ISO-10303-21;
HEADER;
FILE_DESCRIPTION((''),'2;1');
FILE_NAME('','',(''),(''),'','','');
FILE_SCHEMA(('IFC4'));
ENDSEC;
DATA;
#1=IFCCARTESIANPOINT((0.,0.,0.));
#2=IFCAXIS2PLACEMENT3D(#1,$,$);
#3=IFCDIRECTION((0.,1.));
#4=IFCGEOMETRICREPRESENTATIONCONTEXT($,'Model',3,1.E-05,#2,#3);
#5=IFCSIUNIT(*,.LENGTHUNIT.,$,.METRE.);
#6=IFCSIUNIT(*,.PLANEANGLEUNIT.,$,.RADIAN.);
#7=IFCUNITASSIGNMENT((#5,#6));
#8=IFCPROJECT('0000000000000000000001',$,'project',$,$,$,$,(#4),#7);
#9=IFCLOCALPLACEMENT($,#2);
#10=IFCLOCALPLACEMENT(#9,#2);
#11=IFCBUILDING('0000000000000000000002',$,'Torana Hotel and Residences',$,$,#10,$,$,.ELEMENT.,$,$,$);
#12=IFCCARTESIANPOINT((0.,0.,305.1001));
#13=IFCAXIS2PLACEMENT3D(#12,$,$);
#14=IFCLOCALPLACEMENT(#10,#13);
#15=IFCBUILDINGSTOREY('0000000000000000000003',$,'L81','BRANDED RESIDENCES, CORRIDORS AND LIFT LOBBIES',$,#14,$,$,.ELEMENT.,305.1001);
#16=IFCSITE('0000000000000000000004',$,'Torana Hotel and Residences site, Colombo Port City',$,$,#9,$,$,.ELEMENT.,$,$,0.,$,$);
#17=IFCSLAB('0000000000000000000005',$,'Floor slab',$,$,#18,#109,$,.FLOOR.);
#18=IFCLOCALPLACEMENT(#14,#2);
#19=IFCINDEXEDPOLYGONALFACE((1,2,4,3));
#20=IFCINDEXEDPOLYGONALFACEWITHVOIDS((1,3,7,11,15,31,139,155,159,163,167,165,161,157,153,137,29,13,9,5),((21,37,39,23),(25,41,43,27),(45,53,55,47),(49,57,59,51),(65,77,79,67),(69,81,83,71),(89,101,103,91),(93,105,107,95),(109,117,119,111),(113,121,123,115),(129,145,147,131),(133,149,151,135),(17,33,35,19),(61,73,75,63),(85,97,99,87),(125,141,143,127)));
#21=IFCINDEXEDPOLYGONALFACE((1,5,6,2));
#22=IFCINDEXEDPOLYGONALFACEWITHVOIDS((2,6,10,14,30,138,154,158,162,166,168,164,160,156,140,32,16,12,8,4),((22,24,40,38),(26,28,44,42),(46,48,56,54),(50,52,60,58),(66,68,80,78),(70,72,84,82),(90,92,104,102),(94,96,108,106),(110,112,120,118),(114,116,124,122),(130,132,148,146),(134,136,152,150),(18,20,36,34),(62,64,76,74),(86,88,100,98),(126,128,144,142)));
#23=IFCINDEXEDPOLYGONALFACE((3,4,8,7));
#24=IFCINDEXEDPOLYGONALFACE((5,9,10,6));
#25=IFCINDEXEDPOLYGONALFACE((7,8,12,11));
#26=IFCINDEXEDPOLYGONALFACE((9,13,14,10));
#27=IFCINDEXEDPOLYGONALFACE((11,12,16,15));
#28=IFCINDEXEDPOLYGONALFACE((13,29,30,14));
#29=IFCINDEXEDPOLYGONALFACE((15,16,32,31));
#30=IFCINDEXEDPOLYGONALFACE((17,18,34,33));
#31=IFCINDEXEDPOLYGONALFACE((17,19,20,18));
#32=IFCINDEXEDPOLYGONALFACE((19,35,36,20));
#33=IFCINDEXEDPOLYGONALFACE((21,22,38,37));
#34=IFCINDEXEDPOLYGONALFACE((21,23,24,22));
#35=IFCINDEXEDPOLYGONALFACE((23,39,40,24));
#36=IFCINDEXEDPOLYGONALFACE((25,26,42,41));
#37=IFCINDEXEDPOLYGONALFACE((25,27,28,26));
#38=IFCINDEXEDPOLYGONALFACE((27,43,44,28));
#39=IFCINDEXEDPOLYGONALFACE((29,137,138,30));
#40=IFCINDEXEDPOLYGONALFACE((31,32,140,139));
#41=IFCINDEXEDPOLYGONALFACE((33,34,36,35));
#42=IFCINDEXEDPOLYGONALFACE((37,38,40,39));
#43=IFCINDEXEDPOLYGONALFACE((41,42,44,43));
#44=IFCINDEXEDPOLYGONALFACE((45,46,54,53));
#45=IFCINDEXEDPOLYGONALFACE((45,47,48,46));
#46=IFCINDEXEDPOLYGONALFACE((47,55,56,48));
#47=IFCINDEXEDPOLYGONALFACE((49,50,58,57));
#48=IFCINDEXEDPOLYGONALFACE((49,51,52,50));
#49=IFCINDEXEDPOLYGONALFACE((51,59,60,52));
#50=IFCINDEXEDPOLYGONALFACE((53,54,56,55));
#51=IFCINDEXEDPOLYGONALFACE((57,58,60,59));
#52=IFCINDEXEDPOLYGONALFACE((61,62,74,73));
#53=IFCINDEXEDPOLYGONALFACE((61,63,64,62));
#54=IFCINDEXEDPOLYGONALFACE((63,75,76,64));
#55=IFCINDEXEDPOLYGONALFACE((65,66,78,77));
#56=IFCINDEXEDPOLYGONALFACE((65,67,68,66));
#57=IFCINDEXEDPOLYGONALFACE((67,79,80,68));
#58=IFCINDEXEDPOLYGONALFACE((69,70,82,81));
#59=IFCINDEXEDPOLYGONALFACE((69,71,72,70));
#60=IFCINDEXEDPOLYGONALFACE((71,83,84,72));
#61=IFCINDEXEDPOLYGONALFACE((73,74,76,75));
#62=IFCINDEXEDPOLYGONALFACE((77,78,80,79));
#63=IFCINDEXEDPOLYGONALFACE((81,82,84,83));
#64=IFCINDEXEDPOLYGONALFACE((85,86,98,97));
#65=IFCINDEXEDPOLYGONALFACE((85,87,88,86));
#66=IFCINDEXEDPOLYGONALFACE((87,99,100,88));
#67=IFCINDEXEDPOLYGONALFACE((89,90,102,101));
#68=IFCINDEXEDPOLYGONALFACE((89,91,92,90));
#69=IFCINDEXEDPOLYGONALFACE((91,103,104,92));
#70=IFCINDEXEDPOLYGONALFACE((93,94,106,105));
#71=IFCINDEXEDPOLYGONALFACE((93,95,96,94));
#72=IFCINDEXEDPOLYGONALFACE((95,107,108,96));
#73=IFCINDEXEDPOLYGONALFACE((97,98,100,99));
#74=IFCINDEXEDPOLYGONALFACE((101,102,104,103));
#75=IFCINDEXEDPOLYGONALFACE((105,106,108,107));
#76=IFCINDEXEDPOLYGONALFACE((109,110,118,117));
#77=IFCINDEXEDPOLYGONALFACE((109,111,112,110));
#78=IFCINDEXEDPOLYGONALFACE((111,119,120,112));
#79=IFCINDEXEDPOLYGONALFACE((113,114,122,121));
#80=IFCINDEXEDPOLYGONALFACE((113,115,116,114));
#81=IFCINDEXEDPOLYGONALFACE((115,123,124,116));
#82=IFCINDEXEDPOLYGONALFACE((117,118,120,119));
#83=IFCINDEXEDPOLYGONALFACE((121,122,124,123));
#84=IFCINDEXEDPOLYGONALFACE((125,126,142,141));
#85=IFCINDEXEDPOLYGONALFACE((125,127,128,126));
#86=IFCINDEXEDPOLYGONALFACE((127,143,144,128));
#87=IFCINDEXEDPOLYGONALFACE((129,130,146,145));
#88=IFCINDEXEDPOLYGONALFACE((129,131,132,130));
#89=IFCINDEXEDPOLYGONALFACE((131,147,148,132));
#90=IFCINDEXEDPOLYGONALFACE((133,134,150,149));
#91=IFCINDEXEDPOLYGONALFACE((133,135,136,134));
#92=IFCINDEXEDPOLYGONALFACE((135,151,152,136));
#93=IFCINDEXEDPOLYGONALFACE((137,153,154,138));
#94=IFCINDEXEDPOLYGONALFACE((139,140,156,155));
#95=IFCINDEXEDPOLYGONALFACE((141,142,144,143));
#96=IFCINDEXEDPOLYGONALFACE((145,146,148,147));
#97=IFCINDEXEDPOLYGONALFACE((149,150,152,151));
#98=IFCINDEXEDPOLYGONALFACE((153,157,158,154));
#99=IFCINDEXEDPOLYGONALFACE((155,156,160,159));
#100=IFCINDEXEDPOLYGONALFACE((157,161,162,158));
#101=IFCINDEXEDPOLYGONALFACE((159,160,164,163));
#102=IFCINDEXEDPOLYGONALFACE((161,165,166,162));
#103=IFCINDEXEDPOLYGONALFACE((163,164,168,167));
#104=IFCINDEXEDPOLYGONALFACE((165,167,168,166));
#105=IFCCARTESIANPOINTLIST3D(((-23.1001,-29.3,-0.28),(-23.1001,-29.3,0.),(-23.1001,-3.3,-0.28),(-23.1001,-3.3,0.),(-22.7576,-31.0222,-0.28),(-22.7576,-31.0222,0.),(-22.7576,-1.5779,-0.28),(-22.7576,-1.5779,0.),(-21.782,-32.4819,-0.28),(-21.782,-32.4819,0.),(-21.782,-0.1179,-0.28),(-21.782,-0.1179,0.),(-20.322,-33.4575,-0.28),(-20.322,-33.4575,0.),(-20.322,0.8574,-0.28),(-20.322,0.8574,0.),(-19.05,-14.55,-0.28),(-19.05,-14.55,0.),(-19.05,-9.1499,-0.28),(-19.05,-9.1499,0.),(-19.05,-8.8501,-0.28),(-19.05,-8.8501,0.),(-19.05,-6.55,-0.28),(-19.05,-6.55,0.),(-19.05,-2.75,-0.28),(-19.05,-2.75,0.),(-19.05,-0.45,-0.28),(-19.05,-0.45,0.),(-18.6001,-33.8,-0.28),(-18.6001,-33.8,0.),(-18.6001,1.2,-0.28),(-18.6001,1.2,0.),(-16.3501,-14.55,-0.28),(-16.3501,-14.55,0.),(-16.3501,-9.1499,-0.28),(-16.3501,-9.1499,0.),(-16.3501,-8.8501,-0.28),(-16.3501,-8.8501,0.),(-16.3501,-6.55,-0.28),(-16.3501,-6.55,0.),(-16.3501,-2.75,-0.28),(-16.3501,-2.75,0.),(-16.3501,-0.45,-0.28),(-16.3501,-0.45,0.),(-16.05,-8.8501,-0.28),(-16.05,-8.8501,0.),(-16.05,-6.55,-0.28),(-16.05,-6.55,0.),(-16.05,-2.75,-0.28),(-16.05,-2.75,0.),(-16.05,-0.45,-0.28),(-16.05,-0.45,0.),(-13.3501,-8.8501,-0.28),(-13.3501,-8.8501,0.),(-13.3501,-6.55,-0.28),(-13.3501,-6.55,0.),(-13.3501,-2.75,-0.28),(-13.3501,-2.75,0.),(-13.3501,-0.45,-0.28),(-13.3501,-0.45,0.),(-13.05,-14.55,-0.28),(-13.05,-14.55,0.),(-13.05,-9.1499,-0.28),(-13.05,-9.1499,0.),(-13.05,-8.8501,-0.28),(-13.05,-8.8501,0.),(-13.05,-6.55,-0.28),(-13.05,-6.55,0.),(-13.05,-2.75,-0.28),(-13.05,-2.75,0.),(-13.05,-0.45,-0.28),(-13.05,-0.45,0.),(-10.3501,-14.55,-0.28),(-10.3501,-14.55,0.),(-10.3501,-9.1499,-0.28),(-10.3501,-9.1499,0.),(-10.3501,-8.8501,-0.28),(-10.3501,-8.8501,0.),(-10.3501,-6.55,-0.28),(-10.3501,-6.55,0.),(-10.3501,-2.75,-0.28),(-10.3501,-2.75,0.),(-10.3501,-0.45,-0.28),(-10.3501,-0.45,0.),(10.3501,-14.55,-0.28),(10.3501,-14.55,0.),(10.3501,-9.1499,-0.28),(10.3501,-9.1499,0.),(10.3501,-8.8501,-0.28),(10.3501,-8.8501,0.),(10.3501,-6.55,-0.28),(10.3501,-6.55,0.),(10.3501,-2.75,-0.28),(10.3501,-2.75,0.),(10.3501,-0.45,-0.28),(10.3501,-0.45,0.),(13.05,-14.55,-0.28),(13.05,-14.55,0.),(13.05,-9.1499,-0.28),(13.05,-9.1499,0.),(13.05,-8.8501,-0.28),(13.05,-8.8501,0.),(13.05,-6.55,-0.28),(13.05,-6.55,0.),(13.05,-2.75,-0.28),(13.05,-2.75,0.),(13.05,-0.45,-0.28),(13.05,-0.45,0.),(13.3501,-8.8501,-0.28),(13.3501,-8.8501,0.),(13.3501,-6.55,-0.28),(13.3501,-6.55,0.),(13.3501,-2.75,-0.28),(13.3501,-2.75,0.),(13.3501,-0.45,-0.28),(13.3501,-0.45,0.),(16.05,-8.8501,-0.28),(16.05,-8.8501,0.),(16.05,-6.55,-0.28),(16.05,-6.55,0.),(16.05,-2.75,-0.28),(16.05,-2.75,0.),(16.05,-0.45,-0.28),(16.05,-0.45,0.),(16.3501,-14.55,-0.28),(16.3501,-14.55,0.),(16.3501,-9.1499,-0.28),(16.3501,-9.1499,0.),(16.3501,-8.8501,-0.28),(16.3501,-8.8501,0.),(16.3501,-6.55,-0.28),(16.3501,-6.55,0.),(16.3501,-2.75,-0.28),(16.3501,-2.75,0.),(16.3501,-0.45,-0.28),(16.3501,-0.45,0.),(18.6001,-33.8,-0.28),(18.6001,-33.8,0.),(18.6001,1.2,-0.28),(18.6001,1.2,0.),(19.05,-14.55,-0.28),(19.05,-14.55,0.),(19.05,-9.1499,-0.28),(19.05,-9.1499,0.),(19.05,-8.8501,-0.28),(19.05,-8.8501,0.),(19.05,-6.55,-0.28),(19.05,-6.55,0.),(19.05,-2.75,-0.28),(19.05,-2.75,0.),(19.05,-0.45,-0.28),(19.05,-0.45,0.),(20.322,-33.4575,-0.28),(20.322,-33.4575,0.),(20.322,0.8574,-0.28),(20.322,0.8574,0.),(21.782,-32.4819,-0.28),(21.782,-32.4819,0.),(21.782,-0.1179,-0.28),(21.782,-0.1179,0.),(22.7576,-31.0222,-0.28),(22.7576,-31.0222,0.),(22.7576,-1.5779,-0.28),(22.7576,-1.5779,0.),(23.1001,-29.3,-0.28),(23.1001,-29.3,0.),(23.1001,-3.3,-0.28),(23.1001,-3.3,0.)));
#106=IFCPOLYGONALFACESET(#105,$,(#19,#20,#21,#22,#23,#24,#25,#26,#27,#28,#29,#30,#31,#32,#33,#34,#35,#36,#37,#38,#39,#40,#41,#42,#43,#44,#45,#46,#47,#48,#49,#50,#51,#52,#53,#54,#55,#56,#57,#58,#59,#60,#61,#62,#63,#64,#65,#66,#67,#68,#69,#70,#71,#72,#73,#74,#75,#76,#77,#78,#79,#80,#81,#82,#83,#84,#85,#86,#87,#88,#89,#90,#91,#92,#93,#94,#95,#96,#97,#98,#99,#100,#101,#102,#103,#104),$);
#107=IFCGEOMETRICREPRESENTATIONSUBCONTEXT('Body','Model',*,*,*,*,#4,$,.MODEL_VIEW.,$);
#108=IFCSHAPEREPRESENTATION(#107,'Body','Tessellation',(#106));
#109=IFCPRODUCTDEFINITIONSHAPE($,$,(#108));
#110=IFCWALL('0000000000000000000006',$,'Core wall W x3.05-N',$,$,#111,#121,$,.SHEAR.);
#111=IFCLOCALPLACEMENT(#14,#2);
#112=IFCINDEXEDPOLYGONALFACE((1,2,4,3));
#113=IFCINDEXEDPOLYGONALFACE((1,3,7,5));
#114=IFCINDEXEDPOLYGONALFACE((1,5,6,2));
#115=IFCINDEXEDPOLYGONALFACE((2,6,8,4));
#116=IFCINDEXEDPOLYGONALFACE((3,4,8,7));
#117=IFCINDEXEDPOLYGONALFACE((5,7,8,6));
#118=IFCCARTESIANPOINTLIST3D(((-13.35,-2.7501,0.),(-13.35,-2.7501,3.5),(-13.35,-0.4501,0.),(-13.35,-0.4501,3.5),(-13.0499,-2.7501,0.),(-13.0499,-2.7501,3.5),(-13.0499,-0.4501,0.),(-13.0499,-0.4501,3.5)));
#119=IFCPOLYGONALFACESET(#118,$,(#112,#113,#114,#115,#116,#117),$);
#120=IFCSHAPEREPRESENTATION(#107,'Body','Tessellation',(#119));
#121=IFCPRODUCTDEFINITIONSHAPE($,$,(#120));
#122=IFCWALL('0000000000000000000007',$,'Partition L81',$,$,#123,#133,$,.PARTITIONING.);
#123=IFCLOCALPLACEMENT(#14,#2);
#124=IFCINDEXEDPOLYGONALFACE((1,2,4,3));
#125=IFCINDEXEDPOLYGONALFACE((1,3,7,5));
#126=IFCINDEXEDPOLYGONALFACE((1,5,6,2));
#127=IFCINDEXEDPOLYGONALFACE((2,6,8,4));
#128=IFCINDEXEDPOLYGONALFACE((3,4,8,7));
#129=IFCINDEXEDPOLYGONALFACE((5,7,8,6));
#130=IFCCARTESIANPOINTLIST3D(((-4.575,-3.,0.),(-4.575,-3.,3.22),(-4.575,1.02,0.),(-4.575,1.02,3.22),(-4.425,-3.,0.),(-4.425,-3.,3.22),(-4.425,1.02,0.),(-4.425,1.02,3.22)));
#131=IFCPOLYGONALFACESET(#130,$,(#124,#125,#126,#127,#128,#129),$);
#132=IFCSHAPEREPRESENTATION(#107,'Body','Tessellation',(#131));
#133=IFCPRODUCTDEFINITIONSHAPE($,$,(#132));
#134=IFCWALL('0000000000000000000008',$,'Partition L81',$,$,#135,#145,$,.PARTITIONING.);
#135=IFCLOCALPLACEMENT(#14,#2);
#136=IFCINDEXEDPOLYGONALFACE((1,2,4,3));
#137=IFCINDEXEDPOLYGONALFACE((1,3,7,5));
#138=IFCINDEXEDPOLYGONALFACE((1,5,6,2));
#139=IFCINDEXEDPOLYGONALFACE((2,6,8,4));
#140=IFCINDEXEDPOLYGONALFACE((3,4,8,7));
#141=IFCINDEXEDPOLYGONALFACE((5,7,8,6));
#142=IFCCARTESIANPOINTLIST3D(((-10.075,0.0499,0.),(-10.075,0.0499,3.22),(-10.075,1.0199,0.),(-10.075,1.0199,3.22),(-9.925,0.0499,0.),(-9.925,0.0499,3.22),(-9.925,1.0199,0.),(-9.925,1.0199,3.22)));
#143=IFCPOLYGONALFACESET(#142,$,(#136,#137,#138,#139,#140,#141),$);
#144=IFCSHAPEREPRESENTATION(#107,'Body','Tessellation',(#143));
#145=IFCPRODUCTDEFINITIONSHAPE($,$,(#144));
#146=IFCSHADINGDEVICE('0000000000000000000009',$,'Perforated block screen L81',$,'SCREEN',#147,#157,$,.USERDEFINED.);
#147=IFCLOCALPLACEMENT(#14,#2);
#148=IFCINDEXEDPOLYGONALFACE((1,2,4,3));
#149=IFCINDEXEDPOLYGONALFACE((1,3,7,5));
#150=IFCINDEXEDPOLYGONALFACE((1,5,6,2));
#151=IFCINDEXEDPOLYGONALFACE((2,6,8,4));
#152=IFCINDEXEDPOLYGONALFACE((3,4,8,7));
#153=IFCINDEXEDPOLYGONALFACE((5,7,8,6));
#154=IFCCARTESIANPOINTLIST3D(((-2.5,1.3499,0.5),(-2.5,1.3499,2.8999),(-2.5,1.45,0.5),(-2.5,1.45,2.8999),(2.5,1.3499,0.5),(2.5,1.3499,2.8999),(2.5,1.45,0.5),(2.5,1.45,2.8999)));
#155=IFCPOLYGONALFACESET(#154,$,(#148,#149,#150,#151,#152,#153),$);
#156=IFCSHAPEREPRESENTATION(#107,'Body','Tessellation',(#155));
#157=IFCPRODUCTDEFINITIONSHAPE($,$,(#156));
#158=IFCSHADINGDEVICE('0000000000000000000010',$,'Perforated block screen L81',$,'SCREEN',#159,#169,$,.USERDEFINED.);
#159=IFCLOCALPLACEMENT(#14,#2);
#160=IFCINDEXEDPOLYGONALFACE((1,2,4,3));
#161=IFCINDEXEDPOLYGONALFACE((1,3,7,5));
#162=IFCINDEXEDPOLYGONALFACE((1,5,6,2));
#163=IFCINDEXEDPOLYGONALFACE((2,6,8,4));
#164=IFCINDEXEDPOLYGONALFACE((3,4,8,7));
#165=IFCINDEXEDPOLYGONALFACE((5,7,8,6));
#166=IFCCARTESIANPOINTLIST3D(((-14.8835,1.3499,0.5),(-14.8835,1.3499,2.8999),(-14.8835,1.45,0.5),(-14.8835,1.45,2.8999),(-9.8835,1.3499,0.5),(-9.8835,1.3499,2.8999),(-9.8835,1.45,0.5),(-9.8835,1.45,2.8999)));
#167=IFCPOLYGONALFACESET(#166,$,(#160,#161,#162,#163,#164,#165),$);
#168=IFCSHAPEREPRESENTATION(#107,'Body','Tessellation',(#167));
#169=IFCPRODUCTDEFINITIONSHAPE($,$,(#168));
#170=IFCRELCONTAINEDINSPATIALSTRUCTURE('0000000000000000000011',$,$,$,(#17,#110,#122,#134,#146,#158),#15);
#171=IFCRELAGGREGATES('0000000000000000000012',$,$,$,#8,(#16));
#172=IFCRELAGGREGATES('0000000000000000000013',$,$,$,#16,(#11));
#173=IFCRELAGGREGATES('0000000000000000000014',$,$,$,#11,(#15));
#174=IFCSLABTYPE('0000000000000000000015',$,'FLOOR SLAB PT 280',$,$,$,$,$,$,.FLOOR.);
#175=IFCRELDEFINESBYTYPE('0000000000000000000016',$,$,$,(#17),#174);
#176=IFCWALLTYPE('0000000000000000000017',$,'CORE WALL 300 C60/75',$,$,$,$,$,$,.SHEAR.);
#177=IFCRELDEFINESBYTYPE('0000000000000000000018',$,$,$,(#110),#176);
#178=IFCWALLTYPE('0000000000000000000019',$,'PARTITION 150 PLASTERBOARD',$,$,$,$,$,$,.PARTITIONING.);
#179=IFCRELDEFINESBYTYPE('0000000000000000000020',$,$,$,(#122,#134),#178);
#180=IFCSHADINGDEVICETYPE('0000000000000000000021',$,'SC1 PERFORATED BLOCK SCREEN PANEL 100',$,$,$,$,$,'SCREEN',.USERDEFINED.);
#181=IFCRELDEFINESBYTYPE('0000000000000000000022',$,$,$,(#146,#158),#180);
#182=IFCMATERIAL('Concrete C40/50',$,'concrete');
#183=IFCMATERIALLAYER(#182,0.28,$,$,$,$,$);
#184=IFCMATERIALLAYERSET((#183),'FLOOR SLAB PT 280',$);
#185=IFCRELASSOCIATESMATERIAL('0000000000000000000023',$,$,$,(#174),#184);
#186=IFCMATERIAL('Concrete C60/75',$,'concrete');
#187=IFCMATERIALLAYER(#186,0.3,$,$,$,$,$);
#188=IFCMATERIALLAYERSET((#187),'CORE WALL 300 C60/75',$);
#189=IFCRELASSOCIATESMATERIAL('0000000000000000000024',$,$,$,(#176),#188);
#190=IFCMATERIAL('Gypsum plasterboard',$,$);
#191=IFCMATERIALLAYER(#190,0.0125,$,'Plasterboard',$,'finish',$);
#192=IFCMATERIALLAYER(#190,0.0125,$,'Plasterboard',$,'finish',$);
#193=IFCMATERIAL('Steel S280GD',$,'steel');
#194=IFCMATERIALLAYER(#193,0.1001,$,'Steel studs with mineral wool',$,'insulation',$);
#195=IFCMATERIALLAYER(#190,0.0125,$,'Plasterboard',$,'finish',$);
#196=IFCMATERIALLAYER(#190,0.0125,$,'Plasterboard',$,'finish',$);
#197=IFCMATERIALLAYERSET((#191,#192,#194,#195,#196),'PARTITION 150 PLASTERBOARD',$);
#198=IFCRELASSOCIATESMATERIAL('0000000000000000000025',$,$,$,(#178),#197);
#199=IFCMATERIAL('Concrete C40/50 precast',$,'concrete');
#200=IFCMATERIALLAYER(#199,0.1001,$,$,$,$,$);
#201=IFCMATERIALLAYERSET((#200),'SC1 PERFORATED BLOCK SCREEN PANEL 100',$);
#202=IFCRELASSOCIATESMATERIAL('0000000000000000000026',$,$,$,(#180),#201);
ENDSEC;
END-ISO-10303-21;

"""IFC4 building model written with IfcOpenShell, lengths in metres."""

from ifc_helpers import new_model, si_unit, direction, frame, frame_2d, origin, origin_2d, place, context, subcontext, project, spatial, polyline, rectangle, outline, extrude, material, layer, layer_set, type_object, element, save


model = new_model("IFC4")

# Units and contexts
model_context = context("Model", 3, precision=1e-05, world=origin(), true_north=direction((0.0, 1.0)))
body_context = subcontext(model_context, "Body", "Model", "MODEL_VIEW")
ifc_project = project(units=[si_unit("LENGTHUNIT", "METRE"), si_unit("PLANEANGLEUNIT", "RADIAN")], contexts=[model_context])

# Site, building, storey
site_placement = place(None, origin())
site = spatial("IfcSite", under=ifc_project, at=site_placement, Name="Torana Hotel and Residences site, Colombo Port City", CompositionType="ELEMENT", RefElevation=0.0)
building_placement = place(site_placement, origin())
building = spatial("IfcBuilding", under=site, at=building_placement, Name="Torana Hotel and Residences", CompositionType="ELEMENT")
storey_placement = place(building_placement, frame((0.0, 0.0, 305.1001)))
storey = spatial("IfcBuildingStorey", under=building, at=storey_placement, Name="L81", Description="BRANDED RESIDENCES, CORRIDORS AND LIFT LOBBIES", CompositionType="ELEMENT", Elevation=305.1001)

# Slab
ifc_material_1 = material(Name="Concrete C40/50", Category="concrete")
ifc_layer_1 = layer(ifc_material_1, 0.28)
ifc_layer_set_1 = layer_set([ifc_layer_1], Name="FLOOR SLAB PT 280")
slab_type_1 = type_object("IfcSlabType", Name="FLOOR SLAB PT 280", PredefinedType="FLOOR", material=ifc_layer_set_1)
slab_1_placement = place(storey_placement, frame((0.0, 0.0, -0.28)))
element("IfcSlab", 1, at=slab_1_placement, inside=storey, type_object=slab_type_1, Name="Floor slab", PredefinedType="FLOOR", context=body_context, shape_type="SweptSolid", body=[
    extrude(outline(polyline([(23.1001, -3.3), (22.7576, -1.5779), (21.782, -0.1179), (20.322, 0.8574), (18.6001, 1.2), (-18.6001, 1.2), (-20.322, 0.8574), (-21.782, -0.1179), (-22.7576, -1.5779), (-23.1001, -3.3), (-23.1001, -29.3), (-22.7576, -31.0222), (-21.782, -32.4819), (-20.322, -33.4575), (-18.6001, -33.8), (18.6001, -33.8), (20.322, -33.4575), (21.782, -32.4819), (22.7576, -31.0222), (23.1001, -29.3), (23.1001, -3.3)]), holes=[polyline([(-13.05, -14.55), (-10.3501, -14.55), (-10.3501, -9.1499), (-13.05, -9.1499), (-13.05, -14.55)]), polyline([(-19.05, -14.55), (-16.3501, -14.55), (-16.3501, -9.1499), (-19.05, -9.1499), (-19.05, -14.55)]), polyline([(-19.05, -2.75), (-16.3501, -2.75), (-16.3501, -0.45), (-19.05, -0.45), (-19.05, -2.75)]), polyline([(-13.05, -2.75), (-10.3501, -2.75), (-10.3501, -0.45), (-13.05, -0.45), (-13.05, -2.75)]), polyline([(-16.05, -2.75), (-13.3501, -2.75), (-13.3501, -0.45), (-16.05, -0.45), (-16.05, -2.75)]), polyline([(-13.05, -8.8501), (-10.3501, -8.8501), (-10.3501, -6.55), (-13.05, -6.55), (-13.05, -8.8501)]), polyline([(-16.05, -8.8501), (-13.3501, -8.8501), (-13.3501, -6.55), (-16.05, -6.55), (-16.05, -8.8501)]), polyline([(-19.05, -8.8501), (-16.3501, -8.8501), (-16.3501, -6.55), (-19.05, -6.55), (-19.05, -8.8501)]), polyline([(10.3501, -14.55), (13.05, -14.55), (13.05, -9.1499), (10.3501, -9.1499), (10.3501, -14.55)]), polyline([(16.3501, -14.55), (19.05, -14.55), (19.05, -9.1499), (16.3501, -9.1499), (16.3501, -14.55)]), polyline([(16.3501, -2.75), (19.05, -2.75), (19.05, -0.45), (16.3501, -0.45), (16.3501, -2.75)]), polyline([(10.3501, -2.75), (13.05, -2.75), (13.05, -0.45), (10.3501, -0.45), (10.3501, -2.75)]), polyline([(13.3501, -2.75), (16.05, -2.75), (16.05, -0.45), (13.3501, -0.45), (13.3501, -2.75)]), polyline([(10.3501, -8.8501), (13.05, -8.8501), (13.05, -6.55), (10.3501, -6.55), (10.3501, -8.8501)]), polyline([(13.3501, -8.8501), (16.05, -8.8501), (16.05, -6.55), (13.3501, -6.55), (13.3501, -8.8501)]), polyline([(16.3501, -8.8501), (19.05, -8.8501), (19.05, -6.55), (16.3501, -6.55), (16.3501, -8.8501)])]), origin(), (0.0, 0.0, 1.0), 0.28),
])

# Walls
ifc_material_2 = material(Name="Concrete C60/75", Category="concrete")
ifc_layer_2 = layer(ifc_material_2, 0.3)
ifc_layer_set_2 = layer_set([ifc_layer_2], Name="CORE WALL 300 C60/75")
wall_type_1 = type_object("IfcWallType", Name="CORE WALL 300 C60/75", PredefinedType="SHEAR", material=ifc_layer_set_2)
wall_1_placement = place(storey_placement, frame((-13.2, -2.75, 0.0), z_axis=(0.0, 0.0, 1.0), x_axis=(0.0, 1.0, 0.0)))
element("IfcWall", 2, at=wall_1_placement, inside=storey, type_object=wall_type_1, Name="Core wall W x3.05-N", PredefinedType="SHEAR", context=body_context, shape_type="SweptSolid", body=[
    extrude(rectangle(XDim=2.3, YDim=0.3, at=frame_2d((1.1499, 0.0))), origin(), (0.0, 0.0, 1.0), 3.5),
])
ifc_material_3 = material(Name="Gypsum plasterboard")
ifc_layer_3 = layer(ifc_material_3, 0.0125, Name="Plasterboard", Category="finish")
ifc_layer_4 = layer(ifc_material_3, 0.0125, Name="Plasterboard", Category="finish")
ifc_material_4 = material(Name="Steel S280GD", Category="steel")
ifc_layer_5 = layer(ifc_material_4, 0.1001, Name="Steel studs with mineral wool", Category="insulation")
ifc_layer_6 = layer(ifc_material_3, 0.0125, Name="Plasterboard", Category="finish")
ifc_layer_7 = layer(ifc_material_3, 0.0125, Name="Plasterboard", Category="finish")
ifc_layer_set_3 = layer_set([ifc_layer_3, ifc_layer_4, ifc_layer_5, ifc_layer_6, ifc_layer_7], Name="PARTITION 150 PLASTERBOARD")
wall_type_2 = type_object("IfcWallType", Name="PARTITION 150 PLASTERBOARD", PredefinedType="PARTITIONING", material=ifc_layer_set_3)
wall_2_placement = place(storey_placement, frame((-4.5, -3.0, 0.0), z_axis=(0.0, 0.0, 1.0), x_axis=(0.0, 1.0, 0.0)))
element("IfcWall", 3, at=wall_2_placement, inside=storey, type_object=wall_type_2, Name="Partition L81", PredefinedType="PARTITIONING", context=body_context, shape_type="SweptSolid", body=[
    extrude(rectangle(XDim=4.02, YDim=0.1499, at=frame_2d((2.01, 0.0))), origin(), (0.0, 0.0, 1.0), 3.22),
])
wall_3_placement = place(storey_placement, frame((-10.0, 0.05, 0.0), z_axis=(0.0, 0.0, 1.0), x_axis=(0.0, 1.0, 0.0)))
element("IfcWall", 4, at=wall_3_placement, inside=storey, type_object=wall_type_2, Name="Partition L81", PredefinedType="PARTITIONING", context=body_context, shape_type="SweptSolid", body=[
    extrude(rectangle(XDim=0.97, YDim=0.1499, at=frame_2d((0.4849, 0.0))), origin(), (0.0, 0.0, 1.0), 3.22),
])

# Shading devices
ifc_material_5 = material(Name="Concrete C40/50 precast", Category="concrete")
ifc_layer_8 = layer(ifc_material_5, 0.1001)
ifc_layer_set_4 = layer_set([ifc_layer_8], Name="SC1 PERFORATED BLOCK SCREEN PANEL 100")
shading_device_type = type_object("IfcShadingDeviceType", Name="SC1 PERFORATED BLOCK SCREEN PANEL 100", ElementType="SCREEN", PredefinedType="USERDEFINED", material=ifc_layer_set_4)
for number, where, z_axis, x_axis, name in (
    (5, (0.0, 1.3999, 0.5), (0.0, 0.0, 1.0), (-1.0, 0.0, 0.0), "Perforated block screen L81"),
    (6, (-12.3835, 1.3999, 0.5), (0.0, 0.0, 1.0), (-1.0, 0.0, 0.0), "Perforated block screen L81"),
):
    element("IfcShadingDevice", number, at=place(storey_placement, frame(where, z_axis=z_axis, x_axis=x_axis)), inside=storey, type_object=shading_device_type, Name=name, ObjectType="SCREEN", PredefinedType="USERDEFINED", context=body_context, shape_type="SweptSolid", body=[
        extrude(rectangle(XDim=5.0, YDim=0.1001, at=origin_2d()), origin(), (0.0, 0.0, 1.0), 2.3999),
    ])

save(model, "model.ifc")
